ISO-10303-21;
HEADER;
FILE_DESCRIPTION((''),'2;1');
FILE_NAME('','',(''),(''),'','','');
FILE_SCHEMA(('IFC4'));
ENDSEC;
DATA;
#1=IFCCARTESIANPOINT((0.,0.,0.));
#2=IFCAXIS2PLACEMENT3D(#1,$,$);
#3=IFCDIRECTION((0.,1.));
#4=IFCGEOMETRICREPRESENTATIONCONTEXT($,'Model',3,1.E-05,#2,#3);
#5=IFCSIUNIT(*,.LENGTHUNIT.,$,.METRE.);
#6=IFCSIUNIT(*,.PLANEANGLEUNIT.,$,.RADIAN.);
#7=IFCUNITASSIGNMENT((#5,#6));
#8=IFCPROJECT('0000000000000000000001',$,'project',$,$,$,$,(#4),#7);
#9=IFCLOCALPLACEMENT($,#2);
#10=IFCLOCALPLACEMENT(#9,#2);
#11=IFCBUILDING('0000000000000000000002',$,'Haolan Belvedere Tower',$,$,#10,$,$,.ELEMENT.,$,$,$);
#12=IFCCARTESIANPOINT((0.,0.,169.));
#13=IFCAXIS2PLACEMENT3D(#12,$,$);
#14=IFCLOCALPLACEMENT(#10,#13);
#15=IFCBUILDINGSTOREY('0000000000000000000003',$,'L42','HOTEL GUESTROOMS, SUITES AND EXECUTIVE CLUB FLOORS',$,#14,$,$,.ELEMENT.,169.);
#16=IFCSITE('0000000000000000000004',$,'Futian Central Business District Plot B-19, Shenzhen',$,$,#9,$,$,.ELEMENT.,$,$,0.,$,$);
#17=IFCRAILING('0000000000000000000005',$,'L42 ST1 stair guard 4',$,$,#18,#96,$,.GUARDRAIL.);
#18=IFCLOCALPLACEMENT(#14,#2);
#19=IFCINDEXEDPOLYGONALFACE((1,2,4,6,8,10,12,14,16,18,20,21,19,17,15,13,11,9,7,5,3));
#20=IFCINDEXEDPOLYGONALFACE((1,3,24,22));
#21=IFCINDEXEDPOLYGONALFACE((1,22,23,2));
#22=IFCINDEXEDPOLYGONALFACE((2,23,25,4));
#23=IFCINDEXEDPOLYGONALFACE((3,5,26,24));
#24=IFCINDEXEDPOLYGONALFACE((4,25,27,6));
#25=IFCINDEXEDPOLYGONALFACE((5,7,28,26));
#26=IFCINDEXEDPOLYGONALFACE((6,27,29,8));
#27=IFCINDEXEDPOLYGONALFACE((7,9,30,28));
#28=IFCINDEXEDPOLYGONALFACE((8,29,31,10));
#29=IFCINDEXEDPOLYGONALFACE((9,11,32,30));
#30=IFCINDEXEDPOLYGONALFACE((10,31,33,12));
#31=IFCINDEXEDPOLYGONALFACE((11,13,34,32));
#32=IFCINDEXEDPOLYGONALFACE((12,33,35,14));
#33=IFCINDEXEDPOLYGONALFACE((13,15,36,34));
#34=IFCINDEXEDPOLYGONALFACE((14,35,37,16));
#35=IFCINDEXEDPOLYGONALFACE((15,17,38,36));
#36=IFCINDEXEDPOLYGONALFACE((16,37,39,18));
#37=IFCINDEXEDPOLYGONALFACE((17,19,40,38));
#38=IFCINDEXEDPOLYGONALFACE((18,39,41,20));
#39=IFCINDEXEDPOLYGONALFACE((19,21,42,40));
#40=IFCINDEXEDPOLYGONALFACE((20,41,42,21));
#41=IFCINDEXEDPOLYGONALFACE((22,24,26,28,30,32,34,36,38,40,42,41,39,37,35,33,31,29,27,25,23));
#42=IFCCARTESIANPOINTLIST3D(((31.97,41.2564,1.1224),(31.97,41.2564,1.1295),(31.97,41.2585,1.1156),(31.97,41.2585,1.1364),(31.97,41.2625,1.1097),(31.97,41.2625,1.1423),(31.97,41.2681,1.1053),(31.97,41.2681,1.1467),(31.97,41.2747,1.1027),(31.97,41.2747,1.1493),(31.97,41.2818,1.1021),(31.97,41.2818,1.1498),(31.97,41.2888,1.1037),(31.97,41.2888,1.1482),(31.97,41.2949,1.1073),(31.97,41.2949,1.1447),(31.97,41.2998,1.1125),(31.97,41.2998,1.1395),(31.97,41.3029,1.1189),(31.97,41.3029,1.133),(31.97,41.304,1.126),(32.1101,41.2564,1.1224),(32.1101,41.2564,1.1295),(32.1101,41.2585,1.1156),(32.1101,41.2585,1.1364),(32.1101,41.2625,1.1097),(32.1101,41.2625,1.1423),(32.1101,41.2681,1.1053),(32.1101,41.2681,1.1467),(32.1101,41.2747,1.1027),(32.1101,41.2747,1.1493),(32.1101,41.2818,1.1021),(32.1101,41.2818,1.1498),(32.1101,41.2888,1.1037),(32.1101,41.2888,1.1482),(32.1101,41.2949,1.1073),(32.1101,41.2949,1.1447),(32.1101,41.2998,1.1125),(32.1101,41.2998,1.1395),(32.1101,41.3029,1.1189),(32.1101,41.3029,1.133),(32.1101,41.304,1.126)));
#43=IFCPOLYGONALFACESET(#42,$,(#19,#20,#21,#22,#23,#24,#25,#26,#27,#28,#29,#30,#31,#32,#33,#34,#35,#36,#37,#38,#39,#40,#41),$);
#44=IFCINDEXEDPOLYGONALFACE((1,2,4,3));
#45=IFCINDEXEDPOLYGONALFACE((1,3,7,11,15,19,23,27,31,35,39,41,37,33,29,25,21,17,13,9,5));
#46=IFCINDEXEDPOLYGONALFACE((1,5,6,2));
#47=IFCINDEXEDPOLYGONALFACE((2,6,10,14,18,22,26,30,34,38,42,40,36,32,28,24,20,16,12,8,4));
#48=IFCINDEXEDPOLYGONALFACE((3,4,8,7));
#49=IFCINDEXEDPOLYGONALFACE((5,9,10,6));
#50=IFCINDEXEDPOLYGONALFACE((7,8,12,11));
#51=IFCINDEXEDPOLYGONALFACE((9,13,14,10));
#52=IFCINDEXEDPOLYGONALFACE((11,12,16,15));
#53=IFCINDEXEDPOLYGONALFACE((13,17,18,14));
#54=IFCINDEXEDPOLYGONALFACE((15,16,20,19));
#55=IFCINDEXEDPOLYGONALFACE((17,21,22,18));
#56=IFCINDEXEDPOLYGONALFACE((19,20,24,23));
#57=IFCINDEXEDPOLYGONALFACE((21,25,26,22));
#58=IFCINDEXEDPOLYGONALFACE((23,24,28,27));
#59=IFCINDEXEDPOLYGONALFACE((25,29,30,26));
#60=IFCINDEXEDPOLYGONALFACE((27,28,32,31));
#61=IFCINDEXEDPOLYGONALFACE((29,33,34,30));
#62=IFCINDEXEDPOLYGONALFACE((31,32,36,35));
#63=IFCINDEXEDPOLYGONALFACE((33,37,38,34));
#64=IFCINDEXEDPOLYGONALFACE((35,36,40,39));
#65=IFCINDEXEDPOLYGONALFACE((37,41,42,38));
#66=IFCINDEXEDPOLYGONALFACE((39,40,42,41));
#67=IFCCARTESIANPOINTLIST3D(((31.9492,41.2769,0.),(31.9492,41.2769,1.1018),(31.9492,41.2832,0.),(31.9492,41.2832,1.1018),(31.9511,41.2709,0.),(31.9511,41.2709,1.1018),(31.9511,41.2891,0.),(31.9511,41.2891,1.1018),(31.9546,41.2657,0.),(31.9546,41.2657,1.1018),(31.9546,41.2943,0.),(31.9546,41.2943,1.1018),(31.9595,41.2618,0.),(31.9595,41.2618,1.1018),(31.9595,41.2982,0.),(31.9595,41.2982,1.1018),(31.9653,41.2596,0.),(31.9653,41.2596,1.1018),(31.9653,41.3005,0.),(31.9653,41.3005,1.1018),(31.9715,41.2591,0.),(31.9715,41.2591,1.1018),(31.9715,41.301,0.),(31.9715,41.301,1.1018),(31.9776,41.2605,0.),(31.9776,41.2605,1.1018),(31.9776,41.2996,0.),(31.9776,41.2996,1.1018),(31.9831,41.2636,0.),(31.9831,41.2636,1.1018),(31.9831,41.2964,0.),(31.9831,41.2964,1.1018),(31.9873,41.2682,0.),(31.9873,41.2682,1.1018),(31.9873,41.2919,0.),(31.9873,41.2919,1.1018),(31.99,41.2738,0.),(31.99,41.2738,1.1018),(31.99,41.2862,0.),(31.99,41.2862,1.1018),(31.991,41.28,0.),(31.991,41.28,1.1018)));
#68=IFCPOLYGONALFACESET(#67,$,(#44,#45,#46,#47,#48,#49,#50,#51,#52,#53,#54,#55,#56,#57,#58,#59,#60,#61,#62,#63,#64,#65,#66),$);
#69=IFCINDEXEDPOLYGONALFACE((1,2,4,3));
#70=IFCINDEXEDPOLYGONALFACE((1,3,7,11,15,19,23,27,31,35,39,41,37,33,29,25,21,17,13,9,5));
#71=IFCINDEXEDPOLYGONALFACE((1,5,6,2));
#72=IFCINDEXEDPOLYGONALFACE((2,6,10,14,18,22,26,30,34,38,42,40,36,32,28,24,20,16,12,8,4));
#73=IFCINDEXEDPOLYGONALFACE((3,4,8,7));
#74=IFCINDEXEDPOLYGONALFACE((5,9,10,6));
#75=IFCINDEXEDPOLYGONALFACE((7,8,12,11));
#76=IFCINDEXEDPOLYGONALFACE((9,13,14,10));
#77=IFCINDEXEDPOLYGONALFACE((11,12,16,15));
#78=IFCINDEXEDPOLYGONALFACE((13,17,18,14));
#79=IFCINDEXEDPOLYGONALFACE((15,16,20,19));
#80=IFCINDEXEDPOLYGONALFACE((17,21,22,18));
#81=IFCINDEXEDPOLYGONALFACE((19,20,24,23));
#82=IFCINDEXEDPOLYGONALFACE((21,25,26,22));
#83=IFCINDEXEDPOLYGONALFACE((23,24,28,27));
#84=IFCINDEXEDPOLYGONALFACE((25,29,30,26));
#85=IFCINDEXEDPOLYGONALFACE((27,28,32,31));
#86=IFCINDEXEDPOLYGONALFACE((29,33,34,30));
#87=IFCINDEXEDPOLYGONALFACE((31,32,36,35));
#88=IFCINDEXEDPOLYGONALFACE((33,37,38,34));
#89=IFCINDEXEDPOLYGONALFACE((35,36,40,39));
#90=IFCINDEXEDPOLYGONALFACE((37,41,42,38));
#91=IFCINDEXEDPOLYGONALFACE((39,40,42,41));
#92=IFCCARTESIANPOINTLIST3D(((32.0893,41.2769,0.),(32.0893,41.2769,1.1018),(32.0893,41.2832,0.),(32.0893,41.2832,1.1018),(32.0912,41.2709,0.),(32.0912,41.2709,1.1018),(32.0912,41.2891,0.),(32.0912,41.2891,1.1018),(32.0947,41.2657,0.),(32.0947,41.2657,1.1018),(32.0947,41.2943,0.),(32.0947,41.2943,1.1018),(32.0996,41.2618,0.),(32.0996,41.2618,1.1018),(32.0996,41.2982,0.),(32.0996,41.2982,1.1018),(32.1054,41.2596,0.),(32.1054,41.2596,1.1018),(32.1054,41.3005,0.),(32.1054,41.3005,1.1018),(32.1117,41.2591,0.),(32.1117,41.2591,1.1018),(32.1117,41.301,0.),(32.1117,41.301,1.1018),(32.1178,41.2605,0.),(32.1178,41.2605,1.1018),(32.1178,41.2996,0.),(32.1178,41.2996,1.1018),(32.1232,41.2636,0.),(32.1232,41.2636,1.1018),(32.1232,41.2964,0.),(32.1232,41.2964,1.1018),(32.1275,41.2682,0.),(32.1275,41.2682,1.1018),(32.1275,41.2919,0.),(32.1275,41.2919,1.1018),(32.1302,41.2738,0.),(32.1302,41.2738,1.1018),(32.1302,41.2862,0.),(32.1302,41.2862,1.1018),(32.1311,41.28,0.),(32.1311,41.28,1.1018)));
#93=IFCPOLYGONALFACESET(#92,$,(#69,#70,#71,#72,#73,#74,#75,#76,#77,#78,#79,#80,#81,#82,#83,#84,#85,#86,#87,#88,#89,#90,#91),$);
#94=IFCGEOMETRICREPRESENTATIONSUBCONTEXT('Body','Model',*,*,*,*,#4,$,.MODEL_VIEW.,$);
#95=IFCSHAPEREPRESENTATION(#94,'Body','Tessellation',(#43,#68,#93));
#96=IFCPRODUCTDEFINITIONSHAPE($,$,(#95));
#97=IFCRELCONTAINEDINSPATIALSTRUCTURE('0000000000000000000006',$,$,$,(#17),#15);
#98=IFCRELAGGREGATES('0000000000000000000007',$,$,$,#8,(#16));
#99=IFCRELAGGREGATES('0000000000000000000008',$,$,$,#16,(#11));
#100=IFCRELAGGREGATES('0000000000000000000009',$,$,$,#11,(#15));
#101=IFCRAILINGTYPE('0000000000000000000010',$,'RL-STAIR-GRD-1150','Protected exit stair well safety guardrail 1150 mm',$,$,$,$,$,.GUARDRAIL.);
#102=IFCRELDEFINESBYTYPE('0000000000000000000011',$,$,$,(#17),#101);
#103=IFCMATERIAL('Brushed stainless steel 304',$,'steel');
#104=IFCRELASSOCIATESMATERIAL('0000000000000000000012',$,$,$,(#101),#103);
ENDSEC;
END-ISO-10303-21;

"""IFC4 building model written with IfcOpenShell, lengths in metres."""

from ifc_helpers import new_model, si_unit, direction, frame, origin, origin_2d, place, context, subcontext, project, spatial, circle, extrude, material, type_object, element, save


model = new_model("IFC4")

# Units and contexts
model_context = context("Model", 3, precision=1e-05, world=origin(), true_north=direction((0.0, 1.0)))
body_context = subcontext(model_context, "Body", "Model", "MODEL_VIEW")
ifc_project = project(units=[si_unit("LENGTHUNIT", "METRE"), si_unit("PLANEANGLEUNIT", "RADIAN")], contexts=[model_context])

# Site, building, storey
site_placement = place(None, origin())
site = spatial("IfcSite", under=ifc_project, at=site_placement, Name="Futian Central Business District Plot B-19, Shenzhen", CompositionType="ELEMENT", RefElevation=0.0)
building_placement = place(site_placement, origin())
building = spatial("IfcBuilding", under=site, at=building_placement, Name="Haolan Belvedere Tower", CompositionType="ELEMENT")
storey_placement = place(building_placement, frame((0.0, 0.0, 169.0)))
storey = spatial("IfcBuildingStorey", under=building, at=storey_placement, Name="L42", Description="HOTEL GUESTROOMS, SUITES AND EXECUTIVE CLUB FLOORS", CompositionType="ELEMENT", Elevation=169.0)

# Railing
ifc_material_1 = material(Name="Brushed stainless steel 304", Category="steel")
railing_type_1 = type_object("IfcRailingType", Name="RL-STAIR-GRD-1150", Description="Protected exit stair well safety guardrail 1150 mm", PredefinedType="GUARDRAIL", material=ifc_material_1)
railing_1_placement = place(storey_placement, frame((31.97, 41.28, 0.0)))
element("IfcRailing", 1, at=railing_1_placement, inside=storey, type_object=railing_type_1, Name="L42 ST1 stair guard 4", PredefinedType="GUARDRAIL", context=body_context, shape_type="SweptSolid", body=[
    extrude(circle(Radius=0.0239, at=origin_2d()), frame((0.0, 0.0, 1.126), z_axis=(1.0, 0.0, 0.0), x_axis=(0.0, 1.0, 0.0)), (0.0, 0.0, 1.0), 0.1401),
    extrude(circle(Radius=0.021, at=origin_2d()), origin(), (0.0, 0.0, 1.0), 1.1018),
    extrude(circle(Radius=0.021, at=origin_2d()), frame((0.1401, 0.0, 0.0)), (0.0, 0.0, 1.0), 1.1018),
])

save(model, "model.ifc")
